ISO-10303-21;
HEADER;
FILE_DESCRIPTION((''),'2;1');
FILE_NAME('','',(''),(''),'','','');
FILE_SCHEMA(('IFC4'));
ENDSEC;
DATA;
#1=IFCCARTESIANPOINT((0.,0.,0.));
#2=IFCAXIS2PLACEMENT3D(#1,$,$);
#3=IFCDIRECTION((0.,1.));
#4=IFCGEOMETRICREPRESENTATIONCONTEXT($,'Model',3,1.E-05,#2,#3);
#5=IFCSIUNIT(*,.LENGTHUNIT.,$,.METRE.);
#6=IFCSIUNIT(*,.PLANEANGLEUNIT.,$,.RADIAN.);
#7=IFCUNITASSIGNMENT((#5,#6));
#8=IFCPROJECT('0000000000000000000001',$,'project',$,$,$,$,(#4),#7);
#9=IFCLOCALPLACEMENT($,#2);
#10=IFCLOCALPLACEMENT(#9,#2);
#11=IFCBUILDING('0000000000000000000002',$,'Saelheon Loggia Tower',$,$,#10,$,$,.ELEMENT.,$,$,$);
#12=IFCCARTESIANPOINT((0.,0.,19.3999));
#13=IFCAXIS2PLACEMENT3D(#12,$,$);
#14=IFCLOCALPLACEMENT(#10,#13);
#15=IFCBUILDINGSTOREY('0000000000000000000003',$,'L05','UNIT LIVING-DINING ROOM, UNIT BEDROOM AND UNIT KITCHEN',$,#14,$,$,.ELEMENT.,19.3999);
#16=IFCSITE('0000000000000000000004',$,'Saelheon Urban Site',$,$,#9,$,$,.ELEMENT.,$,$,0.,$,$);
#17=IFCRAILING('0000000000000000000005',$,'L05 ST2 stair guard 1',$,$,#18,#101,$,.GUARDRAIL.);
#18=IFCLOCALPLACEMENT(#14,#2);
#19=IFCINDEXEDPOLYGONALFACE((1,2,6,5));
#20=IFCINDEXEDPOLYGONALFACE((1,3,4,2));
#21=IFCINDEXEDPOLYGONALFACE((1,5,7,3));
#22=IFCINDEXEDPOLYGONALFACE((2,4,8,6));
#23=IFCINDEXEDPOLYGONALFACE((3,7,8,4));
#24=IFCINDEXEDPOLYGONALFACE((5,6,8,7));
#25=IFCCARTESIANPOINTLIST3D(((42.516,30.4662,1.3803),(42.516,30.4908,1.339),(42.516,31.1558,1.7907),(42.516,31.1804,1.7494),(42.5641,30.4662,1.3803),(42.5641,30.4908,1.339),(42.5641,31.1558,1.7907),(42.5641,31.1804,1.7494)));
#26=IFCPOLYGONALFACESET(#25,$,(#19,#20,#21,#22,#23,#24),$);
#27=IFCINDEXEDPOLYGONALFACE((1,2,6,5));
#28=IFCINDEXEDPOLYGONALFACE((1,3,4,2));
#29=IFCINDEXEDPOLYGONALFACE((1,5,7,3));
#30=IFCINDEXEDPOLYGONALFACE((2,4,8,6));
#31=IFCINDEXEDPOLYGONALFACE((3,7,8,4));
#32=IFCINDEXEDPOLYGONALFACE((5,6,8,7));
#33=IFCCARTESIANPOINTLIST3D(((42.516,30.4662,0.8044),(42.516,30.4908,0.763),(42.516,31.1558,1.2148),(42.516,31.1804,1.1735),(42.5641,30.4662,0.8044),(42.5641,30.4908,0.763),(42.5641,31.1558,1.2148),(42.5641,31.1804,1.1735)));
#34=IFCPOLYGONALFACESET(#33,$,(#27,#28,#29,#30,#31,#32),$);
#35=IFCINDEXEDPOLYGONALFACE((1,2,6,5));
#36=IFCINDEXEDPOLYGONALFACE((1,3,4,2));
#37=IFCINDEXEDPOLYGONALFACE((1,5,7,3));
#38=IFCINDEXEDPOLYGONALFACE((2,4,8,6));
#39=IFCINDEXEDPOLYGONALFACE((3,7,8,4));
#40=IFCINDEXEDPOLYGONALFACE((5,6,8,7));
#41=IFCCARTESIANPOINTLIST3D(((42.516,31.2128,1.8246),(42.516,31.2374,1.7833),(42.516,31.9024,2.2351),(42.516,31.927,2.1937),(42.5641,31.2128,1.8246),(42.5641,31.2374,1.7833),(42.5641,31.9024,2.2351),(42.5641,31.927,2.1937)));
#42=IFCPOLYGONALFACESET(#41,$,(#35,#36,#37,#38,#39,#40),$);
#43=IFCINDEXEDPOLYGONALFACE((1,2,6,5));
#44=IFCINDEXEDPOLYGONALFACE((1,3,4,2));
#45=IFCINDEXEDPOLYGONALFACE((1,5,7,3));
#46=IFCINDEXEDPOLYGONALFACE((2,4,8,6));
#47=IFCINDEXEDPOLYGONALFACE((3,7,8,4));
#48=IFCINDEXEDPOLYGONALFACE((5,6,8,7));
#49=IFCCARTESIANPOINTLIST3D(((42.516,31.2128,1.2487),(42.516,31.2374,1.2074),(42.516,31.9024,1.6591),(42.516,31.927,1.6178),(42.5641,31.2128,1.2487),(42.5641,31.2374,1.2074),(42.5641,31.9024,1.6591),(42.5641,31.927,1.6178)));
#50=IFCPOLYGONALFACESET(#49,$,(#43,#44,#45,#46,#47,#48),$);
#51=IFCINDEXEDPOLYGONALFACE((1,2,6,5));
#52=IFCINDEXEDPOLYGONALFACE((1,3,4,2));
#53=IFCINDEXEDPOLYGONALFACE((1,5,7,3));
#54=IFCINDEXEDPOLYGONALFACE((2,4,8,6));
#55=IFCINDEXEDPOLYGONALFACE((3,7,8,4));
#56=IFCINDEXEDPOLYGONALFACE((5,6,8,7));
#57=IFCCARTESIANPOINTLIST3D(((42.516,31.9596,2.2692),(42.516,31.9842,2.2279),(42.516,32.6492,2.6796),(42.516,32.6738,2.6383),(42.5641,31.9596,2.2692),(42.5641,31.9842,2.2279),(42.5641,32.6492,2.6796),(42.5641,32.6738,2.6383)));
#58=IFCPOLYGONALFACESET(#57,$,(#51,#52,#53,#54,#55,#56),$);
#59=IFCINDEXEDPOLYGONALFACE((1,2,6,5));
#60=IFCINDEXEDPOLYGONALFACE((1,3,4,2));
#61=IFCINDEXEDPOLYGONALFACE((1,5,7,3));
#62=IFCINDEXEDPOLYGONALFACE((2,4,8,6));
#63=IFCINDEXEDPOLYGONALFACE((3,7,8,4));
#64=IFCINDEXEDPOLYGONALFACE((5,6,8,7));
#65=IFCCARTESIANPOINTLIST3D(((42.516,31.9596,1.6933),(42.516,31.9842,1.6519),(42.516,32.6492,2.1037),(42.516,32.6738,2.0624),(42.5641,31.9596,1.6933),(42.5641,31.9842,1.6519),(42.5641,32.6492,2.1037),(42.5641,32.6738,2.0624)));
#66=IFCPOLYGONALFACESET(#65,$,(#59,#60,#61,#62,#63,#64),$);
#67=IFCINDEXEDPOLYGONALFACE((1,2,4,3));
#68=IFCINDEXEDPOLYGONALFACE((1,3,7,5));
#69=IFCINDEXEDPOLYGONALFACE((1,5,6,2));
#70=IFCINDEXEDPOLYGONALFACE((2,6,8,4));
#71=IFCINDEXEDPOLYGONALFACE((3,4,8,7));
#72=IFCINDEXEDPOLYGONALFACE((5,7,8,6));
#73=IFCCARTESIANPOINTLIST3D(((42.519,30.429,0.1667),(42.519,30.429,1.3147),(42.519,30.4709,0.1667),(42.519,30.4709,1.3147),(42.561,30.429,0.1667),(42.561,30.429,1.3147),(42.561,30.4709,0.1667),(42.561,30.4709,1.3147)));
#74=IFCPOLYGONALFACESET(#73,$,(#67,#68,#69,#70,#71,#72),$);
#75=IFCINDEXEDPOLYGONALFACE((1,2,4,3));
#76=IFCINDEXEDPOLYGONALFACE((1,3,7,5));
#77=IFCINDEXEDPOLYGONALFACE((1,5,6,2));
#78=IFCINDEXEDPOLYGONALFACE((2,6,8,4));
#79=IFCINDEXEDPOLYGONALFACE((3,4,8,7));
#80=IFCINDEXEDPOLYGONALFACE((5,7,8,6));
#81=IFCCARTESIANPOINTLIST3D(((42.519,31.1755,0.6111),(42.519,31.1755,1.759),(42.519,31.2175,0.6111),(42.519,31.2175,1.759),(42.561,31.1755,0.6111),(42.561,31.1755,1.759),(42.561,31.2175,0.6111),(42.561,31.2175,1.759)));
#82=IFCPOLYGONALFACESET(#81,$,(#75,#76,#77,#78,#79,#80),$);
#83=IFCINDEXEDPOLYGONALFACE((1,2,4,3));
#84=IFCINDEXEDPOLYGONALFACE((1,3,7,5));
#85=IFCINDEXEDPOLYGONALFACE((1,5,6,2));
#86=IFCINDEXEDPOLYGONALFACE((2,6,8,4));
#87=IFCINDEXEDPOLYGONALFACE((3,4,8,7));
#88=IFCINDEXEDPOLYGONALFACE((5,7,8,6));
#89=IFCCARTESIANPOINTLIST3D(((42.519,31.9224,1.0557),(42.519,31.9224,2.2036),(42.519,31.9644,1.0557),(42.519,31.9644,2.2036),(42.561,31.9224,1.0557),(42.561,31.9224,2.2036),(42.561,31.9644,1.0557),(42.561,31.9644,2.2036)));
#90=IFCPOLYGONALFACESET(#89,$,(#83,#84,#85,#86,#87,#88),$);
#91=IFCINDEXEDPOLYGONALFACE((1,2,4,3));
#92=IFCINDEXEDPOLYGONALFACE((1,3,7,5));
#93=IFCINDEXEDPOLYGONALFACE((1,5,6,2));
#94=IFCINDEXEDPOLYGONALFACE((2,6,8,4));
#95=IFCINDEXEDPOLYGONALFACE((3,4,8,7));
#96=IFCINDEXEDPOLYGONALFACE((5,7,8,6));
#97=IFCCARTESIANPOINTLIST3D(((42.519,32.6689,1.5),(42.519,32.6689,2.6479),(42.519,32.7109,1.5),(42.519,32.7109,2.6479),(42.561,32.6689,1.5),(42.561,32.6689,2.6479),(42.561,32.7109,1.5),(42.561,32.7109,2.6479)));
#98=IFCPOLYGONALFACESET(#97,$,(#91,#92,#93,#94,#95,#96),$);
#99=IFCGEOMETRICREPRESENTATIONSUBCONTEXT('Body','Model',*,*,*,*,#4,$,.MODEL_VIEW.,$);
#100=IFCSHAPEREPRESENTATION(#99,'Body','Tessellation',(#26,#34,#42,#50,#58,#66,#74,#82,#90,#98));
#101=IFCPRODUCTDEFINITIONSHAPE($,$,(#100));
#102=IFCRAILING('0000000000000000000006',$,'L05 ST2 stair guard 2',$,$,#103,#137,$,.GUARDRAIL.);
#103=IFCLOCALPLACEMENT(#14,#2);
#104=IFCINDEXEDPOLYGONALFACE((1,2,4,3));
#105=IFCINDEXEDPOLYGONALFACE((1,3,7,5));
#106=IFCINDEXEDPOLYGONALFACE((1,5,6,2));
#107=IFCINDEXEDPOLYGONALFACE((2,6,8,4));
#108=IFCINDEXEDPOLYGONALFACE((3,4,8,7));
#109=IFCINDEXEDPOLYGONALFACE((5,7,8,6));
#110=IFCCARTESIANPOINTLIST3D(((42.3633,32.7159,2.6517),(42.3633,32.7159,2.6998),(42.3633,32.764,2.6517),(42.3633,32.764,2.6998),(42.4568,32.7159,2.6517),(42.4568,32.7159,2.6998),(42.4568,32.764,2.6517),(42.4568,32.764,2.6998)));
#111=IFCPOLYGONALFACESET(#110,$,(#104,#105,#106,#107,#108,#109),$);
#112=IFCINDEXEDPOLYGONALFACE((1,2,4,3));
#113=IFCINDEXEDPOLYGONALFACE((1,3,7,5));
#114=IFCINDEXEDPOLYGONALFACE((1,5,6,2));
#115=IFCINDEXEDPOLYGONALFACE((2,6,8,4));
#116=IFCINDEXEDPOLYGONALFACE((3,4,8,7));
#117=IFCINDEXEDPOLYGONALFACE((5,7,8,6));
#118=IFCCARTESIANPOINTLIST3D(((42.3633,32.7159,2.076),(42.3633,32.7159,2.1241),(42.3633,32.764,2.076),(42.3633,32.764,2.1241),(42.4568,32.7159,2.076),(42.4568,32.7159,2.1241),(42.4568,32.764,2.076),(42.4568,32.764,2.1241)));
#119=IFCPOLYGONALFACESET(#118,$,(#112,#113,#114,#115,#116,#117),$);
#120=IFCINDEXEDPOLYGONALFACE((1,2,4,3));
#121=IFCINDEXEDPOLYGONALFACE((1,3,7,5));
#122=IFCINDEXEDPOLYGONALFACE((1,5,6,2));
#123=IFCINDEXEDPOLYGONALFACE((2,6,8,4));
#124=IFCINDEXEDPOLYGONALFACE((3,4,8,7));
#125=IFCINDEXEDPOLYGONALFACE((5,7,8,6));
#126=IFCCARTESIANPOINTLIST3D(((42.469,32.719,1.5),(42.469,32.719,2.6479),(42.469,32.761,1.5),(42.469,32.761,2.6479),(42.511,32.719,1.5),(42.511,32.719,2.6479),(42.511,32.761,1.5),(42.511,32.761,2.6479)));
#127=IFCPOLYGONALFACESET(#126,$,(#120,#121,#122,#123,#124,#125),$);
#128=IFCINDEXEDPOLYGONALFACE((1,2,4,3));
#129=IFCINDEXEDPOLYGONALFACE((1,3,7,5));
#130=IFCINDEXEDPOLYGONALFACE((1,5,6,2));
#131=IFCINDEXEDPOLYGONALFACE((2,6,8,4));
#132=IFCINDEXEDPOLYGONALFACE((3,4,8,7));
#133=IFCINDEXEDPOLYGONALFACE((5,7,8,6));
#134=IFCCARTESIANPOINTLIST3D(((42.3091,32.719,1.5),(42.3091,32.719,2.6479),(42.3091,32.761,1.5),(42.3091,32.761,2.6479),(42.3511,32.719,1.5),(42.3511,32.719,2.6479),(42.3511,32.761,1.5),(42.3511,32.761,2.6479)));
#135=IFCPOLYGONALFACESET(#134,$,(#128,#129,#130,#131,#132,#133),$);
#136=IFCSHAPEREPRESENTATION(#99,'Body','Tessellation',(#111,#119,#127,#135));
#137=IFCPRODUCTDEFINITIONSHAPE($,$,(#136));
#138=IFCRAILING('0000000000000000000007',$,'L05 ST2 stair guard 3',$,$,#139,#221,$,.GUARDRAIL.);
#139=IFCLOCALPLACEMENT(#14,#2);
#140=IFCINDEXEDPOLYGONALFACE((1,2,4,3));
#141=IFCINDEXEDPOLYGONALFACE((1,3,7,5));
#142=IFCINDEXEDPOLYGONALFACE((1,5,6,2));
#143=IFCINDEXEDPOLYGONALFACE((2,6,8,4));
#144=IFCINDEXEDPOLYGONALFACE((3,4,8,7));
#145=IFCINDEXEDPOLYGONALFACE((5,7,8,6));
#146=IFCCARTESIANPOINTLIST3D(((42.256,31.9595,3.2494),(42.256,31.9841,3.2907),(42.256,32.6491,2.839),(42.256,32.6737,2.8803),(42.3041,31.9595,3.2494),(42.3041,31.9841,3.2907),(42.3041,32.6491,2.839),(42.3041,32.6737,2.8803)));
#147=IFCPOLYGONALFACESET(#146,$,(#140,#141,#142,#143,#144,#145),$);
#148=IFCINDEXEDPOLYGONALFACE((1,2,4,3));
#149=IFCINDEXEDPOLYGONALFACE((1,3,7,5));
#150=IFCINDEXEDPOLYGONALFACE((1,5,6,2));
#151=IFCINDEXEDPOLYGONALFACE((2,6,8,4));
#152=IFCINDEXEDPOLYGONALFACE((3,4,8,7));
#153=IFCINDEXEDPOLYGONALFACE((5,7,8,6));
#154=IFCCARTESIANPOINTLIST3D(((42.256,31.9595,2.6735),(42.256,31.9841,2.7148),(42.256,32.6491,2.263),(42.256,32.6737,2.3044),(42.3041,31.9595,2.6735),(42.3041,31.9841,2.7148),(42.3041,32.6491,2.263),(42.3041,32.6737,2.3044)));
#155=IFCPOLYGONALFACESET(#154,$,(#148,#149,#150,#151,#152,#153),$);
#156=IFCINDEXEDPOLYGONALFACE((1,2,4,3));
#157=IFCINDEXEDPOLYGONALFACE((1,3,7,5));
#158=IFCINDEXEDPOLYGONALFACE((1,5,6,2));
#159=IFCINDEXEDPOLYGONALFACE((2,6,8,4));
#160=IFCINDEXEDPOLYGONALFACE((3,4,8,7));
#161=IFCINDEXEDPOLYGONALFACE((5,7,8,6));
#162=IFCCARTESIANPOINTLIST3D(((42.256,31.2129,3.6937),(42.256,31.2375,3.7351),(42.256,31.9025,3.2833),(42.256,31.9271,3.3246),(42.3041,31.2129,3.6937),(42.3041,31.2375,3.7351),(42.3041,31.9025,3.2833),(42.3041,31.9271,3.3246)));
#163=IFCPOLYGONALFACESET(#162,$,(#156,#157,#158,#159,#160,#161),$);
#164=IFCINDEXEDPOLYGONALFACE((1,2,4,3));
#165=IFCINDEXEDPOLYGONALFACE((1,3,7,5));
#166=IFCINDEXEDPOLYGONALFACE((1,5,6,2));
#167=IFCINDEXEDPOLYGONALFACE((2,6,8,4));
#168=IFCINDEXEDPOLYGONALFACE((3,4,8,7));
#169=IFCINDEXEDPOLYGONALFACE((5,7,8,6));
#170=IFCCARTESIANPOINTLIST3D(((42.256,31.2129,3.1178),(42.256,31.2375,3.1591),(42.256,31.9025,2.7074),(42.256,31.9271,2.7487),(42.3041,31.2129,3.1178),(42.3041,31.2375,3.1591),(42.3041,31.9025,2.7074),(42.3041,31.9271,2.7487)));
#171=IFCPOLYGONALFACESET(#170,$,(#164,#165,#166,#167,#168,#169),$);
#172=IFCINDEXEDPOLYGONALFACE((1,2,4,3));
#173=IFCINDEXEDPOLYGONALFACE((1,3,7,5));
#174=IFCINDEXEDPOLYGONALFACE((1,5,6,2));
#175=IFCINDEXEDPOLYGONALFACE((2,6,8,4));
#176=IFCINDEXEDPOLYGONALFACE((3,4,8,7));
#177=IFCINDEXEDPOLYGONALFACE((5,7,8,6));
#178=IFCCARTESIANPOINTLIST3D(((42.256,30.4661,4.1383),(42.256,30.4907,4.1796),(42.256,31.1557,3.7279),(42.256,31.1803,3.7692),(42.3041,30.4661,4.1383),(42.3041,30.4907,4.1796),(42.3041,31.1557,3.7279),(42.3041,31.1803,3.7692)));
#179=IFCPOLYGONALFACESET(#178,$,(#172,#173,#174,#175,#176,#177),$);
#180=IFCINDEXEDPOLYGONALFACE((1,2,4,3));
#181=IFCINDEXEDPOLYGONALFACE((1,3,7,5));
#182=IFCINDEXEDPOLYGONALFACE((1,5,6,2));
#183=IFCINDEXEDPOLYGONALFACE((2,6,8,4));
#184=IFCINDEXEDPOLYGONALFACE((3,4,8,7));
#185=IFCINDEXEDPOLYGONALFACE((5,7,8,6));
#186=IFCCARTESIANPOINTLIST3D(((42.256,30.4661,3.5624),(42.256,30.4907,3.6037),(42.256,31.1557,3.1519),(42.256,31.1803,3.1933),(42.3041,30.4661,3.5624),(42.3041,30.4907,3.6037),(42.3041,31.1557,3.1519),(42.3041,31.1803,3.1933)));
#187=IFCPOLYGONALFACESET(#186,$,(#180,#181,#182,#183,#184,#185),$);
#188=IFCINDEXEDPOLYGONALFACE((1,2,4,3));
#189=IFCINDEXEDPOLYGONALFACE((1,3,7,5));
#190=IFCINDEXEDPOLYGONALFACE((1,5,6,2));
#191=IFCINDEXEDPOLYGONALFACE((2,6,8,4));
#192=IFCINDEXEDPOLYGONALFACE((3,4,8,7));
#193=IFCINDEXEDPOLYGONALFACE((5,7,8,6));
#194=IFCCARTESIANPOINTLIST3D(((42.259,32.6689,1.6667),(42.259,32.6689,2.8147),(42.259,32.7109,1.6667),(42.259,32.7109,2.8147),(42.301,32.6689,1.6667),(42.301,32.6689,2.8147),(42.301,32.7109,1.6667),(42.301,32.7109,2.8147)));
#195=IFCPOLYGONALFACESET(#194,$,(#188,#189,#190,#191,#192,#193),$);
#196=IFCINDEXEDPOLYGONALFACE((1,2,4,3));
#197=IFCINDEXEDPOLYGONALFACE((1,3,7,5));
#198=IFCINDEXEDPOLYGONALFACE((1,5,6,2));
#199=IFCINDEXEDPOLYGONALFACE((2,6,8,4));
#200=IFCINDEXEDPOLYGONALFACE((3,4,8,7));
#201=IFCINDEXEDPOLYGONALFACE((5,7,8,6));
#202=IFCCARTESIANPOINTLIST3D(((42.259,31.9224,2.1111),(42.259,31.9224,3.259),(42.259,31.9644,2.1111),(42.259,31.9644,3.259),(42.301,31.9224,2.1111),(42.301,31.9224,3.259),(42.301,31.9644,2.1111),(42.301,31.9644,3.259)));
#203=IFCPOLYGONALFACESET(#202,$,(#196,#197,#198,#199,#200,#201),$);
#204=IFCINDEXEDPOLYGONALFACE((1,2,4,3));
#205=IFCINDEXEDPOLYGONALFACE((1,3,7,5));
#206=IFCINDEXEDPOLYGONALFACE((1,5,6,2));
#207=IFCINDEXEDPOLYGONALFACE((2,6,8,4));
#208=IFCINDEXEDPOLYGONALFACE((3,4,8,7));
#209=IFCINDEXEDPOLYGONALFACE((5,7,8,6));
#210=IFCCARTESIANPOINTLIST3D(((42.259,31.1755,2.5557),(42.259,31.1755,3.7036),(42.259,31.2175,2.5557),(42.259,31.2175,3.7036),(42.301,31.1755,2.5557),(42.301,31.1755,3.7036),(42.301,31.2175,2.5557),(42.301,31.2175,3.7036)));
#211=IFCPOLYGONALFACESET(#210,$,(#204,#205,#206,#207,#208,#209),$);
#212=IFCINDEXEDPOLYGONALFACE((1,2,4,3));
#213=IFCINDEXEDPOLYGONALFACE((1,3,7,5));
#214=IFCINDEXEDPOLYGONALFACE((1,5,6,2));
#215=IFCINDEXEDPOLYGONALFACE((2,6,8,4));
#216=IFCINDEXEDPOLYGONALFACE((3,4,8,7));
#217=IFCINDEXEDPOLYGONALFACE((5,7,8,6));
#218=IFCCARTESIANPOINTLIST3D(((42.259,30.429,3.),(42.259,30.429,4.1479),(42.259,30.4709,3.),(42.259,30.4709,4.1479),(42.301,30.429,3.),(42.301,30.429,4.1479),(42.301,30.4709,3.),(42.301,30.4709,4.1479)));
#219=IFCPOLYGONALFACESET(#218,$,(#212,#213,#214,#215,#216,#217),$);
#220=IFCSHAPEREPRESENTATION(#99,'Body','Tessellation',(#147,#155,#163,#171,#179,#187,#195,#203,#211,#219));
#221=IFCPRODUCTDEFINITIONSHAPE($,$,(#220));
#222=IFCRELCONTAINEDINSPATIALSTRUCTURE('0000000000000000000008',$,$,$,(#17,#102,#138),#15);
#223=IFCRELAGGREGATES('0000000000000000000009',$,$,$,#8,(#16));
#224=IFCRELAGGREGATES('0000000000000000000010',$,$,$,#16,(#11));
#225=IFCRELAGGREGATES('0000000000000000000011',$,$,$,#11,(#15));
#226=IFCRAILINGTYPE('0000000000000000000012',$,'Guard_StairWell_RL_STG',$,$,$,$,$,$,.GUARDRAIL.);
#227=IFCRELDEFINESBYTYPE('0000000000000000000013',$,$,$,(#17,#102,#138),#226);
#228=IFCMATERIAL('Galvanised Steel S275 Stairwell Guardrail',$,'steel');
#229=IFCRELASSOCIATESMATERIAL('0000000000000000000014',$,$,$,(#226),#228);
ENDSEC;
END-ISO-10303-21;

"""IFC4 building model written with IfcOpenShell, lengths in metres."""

from ifc_helpers import new_model, si_unit, direction, frame, origin, origin_2d, place, context, subcontext, project, spatial, rectangle, extrude, material, type_object, element, save


model = new_model("IFC4")

# Units and contexts
model_context = context("Model", 3, precision=1e-05, world=origin(), true_north=direction((0.0, 1.0)))
body_context = subcontext(model_context, "Body", "Model", "MODEL_VIEW")
ifc_project = project(units=[si_unit("LENGTHUNIT", "METRE"), si_unit("PLANEANGLEUNIT", "RADIAN")], contexts=[model_context])

# Site, building, storey
site_placement = place(None, origin())
site = spatial("IfcSite", under=ifc_project, at=site_placement, Name="Saelheon Urban Site", CompositionType="ELEMENT", RefElevation=0.0)
building_placement = place(site_placement, origin())
building = spatial("IfcBuilding", under=site, at=building_placement, Name="Saelheon Loggia Tower", CompositionType="ELEMENT")
storey_placement = place(building_placement, frame((0.0, 0.0, 19.3999)))
storey = spatial("IfcBuildingStorey", under=building, at=storey_placement, Name="L05", Description="UNIT LIVING-DINING ROOM, UNIT BEDROOM AND UNIT KITCHEN", CompositionType="ELEMENT", Elevation=19.3999)

# Railings
ifc_material_1 = material(Name="Galvanised Steel S275 Stairwell Guardrail", Category="steel")
railing_type_1 = type_object("IfcRailingType", Name="Guard_StairWell_RL_STG", PredefinedType="GUARDRAIL", material=ifc_material_1)
railing_1_placement = place(storey_placement, frame((42.54, 30.45, 0.1667)))
element("IfcRailing", 1, at=railing_1_placement, inside=storey, type_object=railing_type_1, Name="L05 ST2 stair guard 1", PredefinedType="GUARDRAIL", context=body_context, shape_type="SweptSolid", body=[
    extrude(rectangle(XDim=0.0481, YDim=0.0481, at=origin_2d()), frame((0.0, 0.0286, 1.1929), z_axis=(0.0, 0.859306, 0.511462), x_axis=(-1.0, 0.0, 0.0)), (0.0, 0.0, 1.0), 0.8025),
    extrude(rectangle(XDim=0.0481, YDim=0.0481, at=origin_2d()), frame((0.0, 0.0286, 0.6169), z_axis=(0.0, 0.859306, 0.511462), x_axis=(-1.0, 0.0, 0.0)), (0.0, 0.0, 1.0), 0.8025),
    extrude(rectangle(XDim=0.0481, YDim=0.0481, at=origin_2d()), frame((0.0, 0.7751, 1.6372), z_axis=(0.0, 0.859306, 0.511462), x_axis=(-1.0, 0.0, 0.0)), (0.0, 0.0, 1.0), 0.8025),
    extrude(rectangle(XDim=0.0481, YDim=0.0481, at=origin_2d()), frame((0.0, 0.7751, 1.0613), z_axis=(0.0, 0.859306, 0.511462), x_axis=(-1.0, 0.0, 0.0)), (0.0, 0.0, 1.0), 0.8025),
    extrude(rectangle(XDim=0.0481, YDim=0.0481, at=origin_2d()), frame((0.0, 1.522, 2.0818), z_axis=(0.0, 0.859306, 0.511462), x_axis=(-1.0, 0.0, 0.0)), (0.0, 0.0, 1.0), 0.8025),
    extrude(rectangle(XDim=0.0481, YDim=0.0481, at=origin_2d()), frame((0.0, 1.522, 1.5059), z_axis=(0.0, 0.859306, 0.511462), x_axis=(-1.0, 0.0, 0.0)), (0.0, 0.0, 1.0), 0.8025),
    extrude(rectangle(XDim=0.042, YDim=0.042, at=origin_2d()), origin(), (0.0, 0.0, 1.0), 1.1479),
    extrude(rectangle(XDim=0.042, YDim=0.042, at=origin_2d()), frame((0.0, 0.7466, 0.4443)), (0.0, 0.0, 1.0), 1.1479),
    extrude(rectangle(XDim=0.042, YDim=0.042, at=origin_2d()), frame((0.0, 1.4934, 0.8889)), (0.0, 0.0, 1.0), 1.1479),
    extrude(rectangle(XDim=0.042, YDim=0.042, at=origin_2d()), frame((0.0, 2.24, 1.3333)), (0.0, 0.0, 1.0), 1.1479),
])
railing_2_placement = place(storey_placement, frame((42.49, 32.74, 1.5)))
element("IfcRailing", 2, at=railing_2_placement, inside=storey, type_object=railing_type_1, Name="L05 ST2 stair guard 2", PredefinedType="GUARDRAIL", context=body_context, shape_type="SweptSolid", body=[
    extrude(rectangle(XDim=0.0481, YDim=0.0481, at=origin_2d()), frame((-0.0332, 0.0, 1.1758), z_axis=(-1.0, 0.0, 0.0), x_axis=(0.0, -1.0, 0.0)), (0.0, 0.0, 1.0), 0.0935),
    extrude(rectangle(XDim=0.0481, YDim=0.0481, at=origin_2d()), frame((-0.0332, 0.0, 0.6001), z_axis=(-1.0, 0.0, 0.0), x_axis=(0.0, -1.0, 0.0)), (0.0, 0.0, 1.0), 0.0935),
    extrude(rectangle(XDim=0.042, YDim=0.042, at=origin_2d()), origin(), (0.0, 0.0, 1.0), 1.1479),
    extrude(rectangle(XDim=0.042, YDim=0.042, at=origin_2d()), frame((-0.1599, 0.0, 0.0)), (0.0, 0.0, 1.0), 1.1479),
])
railing_3_placement = place(storey_placement, frame((42.28, 32.6899, 1.6667)))
element("IfcRailing", 3, at=railing_3_placement, inside=storey, type_object=railing_type_1, Name="L05 ST2 stair guard 3", PredefinedType="GUARDRAIL", context=body_context, shape_type="SweptSolid", body=[
    extrude(rectangle(XDim=0.0481, YDim=0.0481, at=origin_2d()), frame((0.0, -0.0286, 1.1929), z_axis=(0.0, -0.859306, 0.511462), x_axis=(1.0, 0.0, 0.0)), (0.0, 0.0, 1.0), 0.8025),
    extrude(rectangle(XDim=0.0481, YDim=0.0481, at=origin_2d()), frame((0.0, -0.0286, 0.6169), z_axis=(0.0, -0.859306, 0.511462), x_axis=(1.0, 0.0, 0.0)), (0.0, 0.0, 1.0), 0.8025),
    extrude(rectangle(XDim=0.0481, YDim=0.0481, at=origin_2d()), frame((0.0, -0.7751, 1.6372), z_axis=(0.0, -0.859306, 0.511462), x_axis=(1.0, 0.0, 0.0)), (0.0, 0.0, 1.0), 0.8025),
    extrude(rectangle(XDim=0.0481, YDim=0.0481, at=origin_2d()), frame((0.0, -0.7751, 1.0613), z_axis=(0.0, -0.859306, 0.511462), x_axis=(1.0, 0.0, 0.0)), (0.0, 0.0, 1.0), 0.8025),
    extrude(rectangle(XDim=0.0481, YDim=0.0481, at=origin_2d()), frame((0.0, -1.522, 2.0818), z_axis=(0.0, -0.859306, 0.511462), x_axis=(1.0, 0.0, 0.0)), (0.0, 0.0, 1.0), 0.8025),
    extrude(rectangle(XDim=0.0481, YDim=0.0481, at=origin_2d()), frame((0.0, -1.522, 1.5059), z_axis=(0.0, -0.859306, 0.511462), x_axis=(1.0, 0.0, 0.0)), (0.0, 0.0, 1.0), 0.8025),
    extrude(rectangle(XDim=0.042, YDim=0.042, at=origin_2d()), origin(), (0.0, 0.0, 1.0), 1.1479),
    extrude(rectangle(XDim=0.042, YDim=0.042, at=origin_2d()), frame((0.0, -0.7466, 0.4443)), (0.0, 0.0, 1.0), 1.1479),
    extrude(rectangle(XDim=0.042, YDim=0.042, at=origin_2d()), frame((0.0, -1.4934, 0.8889)), (0.0, 0.0, 1.0), 1.1479),
    extrude(rectangle(XDim=0.042, YDim=0.042, at=origin_2d()), frame((0.0, -2.24, 1.3333)), (0.0, 0.0, 1.0), 1.1479),
])

save(model, "model.ifc")
